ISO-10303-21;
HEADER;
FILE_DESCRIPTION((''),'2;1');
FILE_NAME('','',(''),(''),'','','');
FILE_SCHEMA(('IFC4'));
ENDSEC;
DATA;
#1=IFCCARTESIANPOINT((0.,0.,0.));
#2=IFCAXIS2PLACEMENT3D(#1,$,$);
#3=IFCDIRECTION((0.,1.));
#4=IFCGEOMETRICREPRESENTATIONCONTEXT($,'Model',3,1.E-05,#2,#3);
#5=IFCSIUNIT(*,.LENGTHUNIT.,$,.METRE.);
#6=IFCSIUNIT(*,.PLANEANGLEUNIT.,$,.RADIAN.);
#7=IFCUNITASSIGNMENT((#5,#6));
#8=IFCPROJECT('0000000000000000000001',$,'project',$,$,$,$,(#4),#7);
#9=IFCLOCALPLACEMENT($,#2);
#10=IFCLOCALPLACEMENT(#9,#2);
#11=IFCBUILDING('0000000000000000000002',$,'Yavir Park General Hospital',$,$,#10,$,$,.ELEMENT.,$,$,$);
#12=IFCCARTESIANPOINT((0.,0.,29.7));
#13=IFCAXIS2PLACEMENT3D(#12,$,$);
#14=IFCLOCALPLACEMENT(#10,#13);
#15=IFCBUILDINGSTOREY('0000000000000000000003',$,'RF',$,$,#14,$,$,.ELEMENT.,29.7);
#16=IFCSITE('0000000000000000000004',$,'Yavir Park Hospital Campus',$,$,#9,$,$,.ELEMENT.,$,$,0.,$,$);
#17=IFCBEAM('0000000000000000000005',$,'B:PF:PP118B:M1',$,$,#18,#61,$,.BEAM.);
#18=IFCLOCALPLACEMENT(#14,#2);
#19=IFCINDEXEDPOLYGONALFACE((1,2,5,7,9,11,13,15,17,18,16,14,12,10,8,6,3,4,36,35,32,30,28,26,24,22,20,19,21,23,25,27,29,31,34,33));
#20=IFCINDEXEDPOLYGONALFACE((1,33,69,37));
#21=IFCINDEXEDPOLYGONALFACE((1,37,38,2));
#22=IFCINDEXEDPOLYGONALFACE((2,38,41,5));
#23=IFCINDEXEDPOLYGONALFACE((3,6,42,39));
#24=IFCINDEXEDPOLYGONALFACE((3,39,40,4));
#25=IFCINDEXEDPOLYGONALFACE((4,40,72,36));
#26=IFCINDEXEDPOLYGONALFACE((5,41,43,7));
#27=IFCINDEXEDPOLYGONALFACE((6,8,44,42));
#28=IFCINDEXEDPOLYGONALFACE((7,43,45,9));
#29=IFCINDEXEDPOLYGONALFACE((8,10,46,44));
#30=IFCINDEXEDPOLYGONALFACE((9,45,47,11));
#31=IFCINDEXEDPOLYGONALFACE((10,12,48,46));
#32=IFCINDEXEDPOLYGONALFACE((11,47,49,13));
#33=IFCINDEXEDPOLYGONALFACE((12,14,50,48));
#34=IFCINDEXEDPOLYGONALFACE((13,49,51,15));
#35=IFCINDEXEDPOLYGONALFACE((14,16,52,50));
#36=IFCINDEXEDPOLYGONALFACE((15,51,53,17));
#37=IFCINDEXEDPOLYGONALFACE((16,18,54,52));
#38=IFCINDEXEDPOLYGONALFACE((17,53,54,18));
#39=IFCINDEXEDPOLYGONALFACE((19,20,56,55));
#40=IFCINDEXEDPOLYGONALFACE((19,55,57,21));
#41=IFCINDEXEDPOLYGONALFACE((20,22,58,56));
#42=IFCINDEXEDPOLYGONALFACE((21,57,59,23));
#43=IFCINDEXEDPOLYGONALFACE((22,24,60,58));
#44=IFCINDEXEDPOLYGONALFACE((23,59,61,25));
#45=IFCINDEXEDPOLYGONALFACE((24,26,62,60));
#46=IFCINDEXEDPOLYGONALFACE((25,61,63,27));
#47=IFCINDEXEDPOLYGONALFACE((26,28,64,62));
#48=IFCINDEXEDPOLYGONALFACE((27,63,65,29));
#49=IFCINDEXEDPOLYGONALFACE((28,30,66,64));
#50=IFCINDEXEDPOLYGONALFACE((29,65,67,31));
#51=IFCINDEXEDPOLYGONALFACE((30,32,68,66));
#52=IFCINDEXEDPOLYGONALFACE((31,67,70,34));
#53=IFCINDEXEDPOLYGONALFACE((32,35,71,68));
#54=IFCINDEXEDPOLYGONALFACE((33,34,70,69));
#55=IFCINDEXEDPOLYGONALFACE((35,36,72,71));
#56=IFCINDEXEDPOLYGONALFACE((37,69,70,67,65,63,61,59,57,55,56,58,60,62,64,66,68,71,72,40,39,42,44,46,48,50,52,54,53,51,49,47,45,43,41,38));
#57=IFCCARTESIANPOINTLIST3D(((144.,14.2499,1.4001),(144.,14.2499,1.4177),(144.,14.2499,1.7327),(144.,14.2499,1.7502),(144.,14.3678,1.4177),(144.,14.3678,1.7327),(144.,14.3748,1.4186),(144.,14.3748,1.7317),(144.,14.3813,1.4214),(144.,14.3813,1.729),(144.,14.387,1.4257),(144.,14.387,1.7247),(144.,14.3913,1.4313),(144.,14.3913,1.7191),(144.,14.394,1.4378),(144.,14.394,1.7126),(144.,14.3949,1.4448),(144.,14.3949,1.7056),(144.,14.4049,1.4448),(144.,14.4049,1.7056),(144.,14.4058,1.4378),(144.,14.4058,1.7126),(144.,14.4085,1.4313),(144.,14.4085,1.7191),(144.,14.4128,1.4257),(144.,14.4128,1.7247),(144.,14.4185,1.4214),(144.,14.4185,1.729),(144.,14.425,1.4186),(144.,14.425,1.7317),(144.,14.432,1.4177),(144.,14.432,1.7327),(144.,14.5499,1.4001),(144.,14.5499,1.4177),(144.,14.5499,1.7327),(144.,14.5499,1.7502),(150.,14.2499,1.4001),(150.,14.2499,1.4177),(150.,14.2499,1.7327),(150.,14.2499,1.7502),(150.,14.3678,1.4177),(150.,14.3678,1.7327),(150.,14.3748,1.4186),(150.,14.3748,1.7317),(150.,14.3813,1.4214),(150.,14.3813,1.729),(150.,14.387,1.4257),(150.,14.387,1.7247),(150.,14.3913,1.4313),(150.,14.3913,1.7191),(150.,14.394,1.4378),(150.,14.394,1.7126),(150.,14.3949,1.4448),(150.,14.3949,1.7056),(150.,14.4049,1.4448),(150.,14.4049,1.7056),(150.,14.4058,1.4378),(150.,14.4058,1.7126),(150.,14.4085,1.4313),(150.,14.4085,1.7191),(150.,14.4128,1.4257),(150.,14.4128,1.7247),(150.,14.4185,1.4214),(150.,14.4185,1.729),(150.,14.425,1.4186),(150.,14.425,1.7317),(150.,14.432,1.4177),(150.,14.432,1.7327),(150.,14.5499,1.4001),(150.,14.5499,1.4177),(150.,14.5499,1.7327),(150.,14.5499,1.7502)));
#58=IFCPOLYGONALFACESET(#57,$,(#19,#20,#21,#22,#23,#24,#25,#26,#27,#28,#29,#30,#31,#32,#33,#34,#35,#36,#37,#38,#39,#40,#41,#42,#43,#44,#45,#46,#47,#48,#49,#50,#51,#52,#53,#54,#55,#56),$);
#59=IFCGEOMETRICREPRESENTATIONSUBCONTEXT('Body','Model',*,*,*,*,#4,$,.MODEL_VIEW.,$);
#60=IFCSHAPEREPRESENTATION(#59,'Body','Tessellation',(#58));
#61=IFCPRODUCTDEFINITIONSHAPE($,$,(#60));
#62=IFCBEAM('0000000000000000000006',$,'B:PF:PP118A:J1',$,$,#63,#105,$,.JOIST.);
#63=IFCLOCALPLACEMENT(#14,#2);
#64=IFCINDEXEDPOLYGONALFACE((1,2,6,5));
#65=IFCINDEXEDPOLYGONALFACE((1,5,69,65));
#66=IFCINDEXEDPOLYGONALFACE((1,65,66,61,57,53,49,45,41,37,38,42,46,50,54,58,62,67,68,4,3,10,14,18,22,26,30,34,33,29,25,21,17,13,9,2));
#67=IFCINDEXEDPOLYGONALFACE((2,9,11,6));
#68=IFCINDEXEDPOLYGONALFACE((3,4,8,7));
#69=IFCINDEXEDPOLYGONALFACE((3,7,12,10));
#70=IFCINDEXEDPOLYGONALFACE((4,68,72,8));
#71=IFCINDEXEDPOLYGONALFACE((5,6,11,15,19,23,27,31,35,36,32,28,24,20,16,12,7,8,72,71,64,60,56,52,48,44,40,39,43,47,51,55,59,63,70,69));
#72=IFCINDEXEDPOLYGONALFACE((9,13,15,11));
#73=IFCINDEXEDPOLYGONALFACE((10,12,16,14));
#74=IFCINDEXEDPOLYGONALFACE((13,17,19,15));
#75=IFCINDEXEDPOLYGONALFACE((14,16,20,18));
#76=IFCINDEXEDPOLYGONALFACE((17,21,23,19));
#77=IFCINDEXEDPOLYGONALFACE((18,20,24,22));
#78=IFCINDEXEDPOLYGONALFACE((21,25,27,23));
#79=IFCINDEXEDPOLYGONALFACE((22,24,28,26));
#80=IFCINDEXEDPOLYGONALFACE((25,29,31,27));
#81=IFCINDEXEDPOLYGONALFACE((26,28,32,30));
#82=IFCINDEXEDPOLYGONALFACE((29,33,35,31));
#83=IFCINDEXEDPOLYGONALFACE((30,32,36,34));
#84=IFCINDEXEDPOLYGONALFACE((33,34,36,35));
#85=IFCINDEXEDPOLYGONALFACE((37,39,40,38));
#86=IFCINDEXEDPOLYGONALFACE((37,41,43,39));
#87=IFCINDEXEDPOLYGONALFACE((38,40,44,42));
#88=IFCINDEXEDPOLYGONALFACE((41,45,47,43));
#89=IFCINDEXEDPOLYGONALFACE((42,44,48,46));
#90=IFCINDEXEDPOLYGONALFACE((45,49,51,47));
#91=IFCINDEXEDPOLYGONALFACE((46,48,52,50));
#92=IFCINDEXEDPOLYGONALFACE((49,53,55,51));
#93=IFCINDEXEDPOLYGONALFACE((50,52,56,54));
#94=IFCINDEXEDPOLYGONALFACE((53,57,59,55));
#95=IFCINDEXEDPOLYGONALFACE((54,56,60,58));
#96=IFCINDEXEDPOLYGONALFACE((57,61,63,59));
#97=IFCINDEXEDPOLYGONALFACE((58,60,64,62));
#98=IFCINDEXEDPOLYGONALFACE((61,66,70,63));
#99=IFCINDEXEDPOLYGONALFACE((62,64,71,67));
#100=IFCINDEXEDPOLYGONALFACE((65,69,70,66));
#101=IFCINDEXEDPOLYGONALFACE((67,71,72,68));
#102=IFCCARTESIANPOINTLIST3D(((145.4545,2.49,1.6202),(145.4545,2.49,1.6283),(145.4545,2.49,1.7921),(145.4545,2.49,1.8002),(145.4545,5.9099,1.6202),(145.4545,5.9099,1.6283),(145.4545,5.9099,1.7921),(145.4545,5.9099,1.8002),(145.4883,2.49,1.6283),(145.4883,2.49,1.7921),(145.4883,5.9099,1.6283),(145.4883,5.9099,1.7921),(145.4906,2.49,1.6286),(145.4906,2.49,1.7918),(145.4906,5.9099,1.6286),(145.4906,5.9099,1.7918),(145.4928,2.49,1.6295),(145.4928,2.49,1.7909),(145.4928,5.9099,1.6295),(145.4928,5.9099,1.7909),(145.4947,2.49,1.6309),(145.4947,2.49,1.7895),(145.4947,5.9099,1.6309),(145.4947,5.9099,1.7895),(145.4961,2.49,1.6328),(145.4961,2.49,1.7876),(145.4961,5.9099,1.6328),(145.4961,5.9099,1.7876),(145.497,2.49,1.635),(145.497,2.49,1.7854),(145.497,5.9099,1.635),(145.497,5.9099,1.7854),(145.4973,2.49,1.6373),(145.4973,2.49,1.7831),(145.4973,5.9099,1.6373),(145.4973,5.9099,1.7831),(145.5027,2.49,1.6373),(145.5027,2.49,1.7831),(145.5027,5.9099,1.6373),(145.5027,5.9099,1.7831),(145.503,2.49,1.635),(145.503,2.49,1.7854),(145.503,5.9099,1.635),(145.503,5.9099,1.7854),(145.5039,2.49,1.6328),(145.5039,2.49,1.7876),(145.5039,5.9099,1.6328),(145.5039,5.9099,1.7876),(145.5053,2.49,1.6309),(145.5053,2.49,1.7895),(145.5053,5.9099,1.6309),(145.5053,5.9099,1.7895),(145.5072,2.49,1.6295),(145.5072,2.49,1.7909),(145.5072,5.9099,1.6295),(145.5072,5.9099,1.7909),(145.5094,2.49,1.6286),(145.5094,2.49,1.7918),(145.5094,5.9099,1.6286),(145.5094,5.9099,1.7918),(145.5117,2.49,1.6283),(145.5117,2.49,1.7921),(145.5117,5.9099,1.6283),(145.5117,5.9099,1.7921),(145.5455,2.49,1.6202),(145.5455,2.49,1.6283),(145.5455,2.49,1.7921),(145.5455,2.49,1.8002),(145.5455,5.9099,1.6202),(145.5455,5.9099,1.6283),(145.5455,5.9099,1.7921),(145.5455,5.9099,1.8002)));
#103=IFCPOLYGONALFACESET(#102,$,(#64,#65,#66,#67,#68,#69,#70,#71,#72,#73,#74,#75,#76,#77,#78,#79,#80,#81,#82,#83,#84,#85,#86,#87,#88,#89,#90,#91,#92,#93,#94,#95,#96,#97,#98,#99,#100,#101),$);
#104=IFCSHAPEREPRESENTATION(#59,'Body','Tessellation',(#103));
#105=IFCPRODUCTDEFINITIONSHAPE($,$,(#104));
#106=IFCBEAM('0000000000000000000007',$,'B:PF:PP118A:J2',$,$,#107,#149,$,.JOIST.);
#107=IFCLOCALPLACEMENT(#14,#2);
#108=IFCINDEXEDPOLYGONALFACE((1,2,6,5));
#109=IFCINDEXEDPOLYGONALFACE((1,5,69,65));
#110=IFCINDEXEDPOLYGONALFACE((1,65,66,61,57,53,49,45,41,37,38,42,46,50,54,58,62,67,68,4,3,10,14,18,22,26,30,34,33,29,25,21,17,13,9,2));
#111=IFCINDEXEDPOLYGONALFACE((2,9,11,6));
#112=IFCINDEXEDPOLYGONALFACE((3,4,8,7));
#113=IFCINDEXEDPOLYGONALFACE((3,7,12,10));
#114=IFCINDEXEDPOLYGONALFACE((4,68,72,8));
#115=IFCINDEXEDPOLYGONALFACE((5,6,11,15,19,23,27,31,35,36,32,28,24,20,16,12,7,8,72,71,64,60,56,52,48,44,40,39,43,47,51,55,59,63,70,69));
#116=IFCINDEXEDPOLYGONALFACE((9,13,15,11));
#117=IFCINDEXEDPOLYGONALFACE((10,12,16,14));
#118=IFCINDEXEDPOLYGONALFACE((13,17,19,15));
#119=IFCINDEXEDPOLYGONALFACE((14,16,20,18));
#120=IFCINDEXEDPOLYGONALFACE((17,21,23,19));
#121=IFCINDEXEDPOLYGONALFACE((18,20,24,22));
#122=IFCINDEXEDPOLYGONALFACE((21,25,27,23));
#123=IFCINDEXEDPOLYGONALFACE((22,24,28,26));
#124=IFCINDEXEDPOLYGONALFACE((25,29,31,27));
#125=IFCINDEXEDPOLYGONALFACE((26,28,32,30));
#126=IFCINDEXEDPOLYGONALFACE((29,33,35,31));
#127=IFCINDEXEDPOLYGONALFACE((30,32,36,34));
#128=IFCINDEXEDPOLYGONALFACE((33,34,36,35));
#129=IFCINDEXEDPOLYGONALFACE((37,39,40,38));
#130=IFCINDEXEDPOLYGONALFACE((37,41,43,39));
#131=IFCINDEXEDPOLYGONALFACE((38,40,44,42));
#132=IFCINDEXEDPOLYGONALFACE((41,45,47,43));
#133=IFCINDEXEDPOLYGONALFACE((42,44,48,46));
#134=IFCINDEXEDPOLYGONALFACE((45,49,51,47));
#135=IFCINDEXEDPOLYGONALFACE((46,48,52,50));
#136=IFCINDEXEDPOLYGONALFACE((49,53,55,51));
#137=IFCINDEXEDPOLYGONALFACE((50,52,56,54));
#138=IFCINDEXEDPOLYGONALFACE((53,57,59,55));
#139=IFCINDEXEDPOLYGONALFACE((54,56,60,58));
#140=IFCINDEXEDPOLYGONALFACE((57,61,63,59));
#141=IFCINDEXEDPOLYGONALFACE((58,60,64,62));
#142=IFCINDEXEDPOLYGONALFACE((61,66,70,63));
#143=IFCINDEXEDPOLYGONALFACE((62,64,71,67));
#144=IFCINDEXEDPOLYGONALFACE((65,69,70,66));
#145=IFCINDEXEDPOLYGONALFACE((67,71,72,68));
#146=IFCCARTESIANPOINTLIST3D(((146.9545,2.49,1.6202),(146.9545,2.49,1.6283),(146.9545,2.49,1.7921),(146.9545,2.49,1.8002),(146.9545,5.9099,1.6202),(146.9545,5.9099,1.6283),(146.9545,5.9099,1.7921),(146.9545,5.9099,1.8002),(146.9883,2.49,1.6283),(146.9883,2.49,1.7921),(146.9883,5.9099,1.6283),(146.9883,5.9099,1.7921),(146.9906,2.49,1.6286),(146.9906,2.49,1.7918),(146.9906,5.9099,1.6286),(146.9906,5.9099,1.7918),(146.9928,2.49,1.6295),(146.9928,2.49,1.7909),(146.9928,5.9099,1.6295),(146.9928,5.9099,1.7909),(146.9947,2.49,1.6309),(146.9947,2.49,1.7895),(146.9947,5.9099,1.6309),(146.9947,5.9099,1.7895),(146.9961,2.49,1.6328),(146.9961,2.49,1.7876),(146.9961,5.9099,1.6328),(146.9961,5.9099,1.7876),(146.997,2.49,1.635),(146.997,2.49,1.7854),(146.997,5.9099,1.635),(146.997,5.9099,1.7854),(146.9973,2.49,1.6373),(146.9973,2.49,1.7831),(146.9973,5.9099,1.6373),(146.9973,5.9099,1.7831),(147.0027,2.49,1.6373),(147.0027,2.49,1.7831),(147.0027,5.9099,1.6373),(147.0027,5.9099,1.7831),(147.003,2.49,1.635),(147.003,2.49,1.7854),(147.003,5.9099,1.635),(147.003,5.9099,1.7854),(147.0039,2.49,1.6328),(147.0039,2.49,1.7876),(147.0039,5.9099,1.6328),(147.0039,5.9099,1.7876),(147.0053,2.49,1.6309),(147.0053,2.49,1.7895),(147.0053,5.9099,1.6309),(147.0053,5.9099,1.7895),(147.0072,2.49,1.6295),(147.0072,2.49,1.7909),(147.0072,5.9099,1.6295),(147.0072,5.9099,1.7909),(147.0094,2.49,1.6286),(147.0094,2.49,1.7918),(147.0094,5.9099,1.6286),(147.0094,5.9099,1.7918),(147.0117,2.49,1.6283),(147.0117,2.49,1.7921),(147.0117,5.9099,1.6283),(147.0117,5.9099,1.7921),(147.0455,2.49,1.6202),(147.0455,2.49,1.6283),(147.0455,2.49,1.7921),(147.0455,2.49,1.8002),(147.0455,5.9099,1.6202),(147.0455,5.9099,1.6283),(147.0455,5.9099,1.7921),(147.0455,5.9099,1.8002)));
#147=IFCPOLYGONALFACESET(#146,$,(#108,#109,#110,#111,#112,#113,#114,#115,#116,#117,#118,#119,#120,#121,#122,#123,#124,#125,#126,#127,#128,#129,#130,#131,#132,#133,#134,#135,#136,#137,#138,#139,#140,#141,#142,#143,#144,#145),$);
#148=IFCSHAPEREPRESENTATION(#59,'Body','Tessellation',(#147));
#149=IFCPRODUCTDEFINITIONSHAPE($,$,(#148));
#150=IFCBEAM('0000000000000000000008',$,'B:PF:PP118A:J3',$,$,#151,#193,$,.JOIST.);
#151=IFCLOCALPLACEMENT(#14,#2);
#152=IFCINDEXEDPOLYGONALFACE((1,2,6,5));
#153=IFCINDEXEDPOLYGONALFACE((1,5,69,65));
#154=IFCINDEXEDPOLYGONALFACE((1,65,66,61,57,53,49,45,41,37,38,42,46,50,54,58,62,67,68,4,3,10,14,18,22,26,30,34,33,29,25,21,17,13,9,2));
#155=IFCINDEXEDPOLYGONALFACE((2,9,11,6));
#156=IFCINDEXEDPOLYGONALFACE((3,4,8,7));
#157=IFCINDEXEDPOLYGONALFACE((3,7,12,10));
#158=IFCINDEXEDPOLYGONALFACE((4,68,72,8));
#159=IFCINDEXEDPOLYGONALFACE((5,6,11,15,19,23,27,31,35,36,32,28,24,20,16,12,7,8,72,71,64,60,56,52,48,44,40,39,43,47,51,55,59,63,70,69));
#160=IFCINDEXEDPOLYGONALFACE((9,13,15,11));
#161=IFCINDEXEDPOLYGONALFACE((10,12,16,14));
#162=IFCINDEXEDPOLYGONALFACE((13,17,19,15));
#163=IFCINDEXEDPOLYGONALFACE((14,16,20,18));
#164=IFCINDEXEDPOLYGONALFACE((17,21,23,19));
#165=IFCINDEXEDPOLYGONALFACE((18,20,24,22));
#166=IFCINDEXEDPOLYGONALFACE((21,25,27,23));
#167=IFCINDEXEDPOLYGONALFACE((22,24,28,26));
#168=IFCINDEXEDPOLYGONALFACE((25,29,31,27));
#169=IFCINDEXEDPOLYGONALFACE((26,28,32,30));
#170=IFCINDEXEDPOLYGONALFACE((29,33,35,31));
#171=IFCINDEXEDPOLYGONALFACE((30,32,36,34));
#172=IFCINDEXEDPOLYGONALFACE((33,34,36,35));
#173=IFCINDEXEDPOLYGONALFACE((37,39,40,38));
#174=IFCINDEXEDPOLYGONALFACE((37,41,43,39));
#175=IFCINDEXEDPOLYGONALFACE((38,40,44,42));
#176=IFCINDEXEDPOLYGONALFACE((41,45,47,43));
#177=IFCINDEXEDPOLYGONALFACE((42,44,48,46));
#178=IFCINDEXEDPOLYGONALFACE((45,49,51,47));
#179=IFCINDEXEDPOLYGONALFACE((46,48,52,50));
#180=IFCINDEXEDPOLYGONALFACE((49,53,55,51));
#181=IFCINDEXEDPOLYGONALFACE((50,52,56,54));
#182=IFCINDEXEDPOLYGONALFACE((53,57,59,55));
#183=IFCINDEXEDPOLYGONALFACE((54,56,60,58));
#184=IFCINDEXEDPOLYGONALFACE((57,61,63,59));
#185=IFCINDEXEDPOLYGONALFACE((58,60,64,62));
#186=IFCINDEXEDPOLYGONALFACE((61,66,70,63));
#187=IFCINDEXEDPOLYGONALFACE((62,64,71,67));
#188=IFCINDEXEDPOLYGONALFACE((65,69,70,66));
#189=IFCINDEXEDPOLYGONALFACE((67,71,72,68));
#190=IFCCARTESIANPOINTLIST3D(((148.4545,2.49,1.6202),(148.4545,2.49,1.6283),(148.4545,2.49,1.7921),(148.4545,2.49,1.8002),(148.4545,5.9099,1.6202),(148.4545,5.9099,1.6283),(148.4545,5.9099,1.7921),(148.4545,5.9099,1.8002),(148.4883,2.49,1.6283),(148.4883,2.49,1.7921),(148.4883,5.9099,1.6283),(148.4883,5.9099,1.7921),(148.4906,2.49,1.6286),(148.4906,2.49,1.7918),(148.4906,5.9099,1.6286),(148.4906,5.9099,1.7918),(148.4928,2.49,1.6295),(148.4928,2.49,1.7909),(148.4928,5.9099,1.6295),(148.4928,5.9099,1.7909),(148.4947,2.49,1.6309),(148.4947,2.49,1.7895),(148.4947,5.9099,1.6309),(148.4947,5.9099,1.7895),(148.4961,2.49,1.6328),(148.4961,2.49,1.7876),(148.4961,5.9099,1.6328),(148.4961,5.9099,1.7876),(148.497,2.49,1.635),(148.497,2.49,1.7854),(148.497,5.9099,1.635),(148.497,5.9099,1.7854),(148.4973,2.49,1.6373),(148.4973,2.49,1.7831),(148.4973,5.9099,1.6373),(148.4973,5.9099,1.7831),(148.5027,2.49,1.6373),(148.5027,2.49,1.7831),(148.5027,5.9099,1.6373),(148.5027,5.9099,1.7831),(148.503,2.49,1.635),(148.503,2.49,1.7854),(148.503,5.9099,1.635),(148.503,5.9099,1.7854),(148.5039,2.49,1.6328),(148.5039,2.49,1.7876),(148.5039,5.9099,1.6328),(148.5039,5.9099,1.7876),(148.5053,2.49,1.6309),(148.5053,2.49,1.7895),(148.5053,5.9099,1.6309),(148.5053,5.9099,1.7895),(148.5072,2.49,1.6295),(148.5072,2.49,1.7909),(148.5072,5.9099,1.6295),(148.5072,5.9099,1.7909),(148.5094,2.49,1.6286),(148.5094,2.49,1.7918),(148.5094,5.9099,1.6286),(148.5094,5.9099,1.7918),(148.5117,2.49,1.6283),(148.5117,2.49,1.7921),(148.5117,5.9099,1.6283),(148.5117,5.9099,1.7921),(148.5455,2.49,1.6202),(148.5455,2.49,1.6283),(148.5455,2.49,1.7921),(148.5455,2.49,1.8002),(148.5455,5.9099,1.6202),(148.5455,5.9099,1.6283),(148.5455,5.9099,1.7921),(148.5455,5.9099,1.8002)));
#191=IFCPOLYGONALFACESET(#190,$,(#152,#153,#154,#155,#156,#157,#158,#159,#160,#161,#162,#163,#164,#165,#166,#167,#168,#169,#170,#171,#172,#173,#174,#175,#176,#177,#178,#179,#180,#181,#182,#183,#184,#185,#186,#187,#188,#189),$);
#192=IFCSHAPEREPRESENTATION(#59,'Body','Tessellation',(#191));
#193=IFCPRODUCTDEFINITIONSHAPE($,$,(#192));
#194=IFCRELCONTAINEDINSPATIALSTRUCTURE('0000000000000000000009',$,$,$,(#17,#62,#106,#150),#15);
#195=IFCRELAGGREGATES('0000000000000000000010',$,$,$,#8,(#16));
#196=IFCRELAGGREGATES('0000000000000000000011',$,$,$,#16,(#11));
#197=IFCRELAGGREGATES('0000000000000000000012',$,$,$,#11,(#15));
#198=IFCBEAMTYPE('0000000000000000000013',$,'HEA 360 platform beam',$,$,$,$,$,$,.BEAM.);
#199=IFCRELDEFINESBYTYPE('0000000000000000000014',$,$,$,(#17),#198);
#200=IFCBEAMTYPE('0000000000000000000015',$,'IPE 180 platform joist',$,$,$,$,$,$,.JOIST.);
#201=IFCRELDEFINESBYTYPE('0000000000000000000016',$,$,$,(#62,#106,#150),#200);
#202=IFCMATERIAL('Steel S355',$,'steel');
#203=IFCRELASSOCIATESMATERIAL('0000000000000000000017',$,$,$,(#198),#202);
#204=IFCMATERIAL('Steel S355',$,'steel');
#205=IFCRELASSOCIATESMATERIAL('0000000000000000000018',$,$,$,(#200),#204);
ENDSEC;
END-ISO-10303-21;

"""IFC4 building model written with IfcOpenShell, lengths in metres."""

from ifc_helpers import new_model, si_unit, direction, frame, origin, origin_2d, place, context, subcontext, project, spatial, i_section, extrude, material, material_profile, profile_set, type_object, element, save


model = new_model("IFC4")

# Units and contexts
model_context = context("Model", 3, precision=1e-05, world=origin(), true_north=direction((0.0, 1.0)))
body_context = subcontext(model_context, "Body", "Model", "MODEL_VIEW")
ifc_project = project(units=[si_unit("LENGTHUNIT", "METRE"), si_unit("PLANEANGLEUNIT", "RADIAN")], contexts=[model_context])

# Site, building, storey
site_placement = place(None, origin())
site = spatial("IfcSite", under=ifc_project, at=site_placement, Name="Yavir Park Hospital Campus", CompositionType="ELEMENT", RefElevation=0.0)
building_placement = place(site_placement, origin())
building = spatial("IfcBuilding", under=site, at=building_placement, Name="Yavir Park General Hospital", CompositionType="ELEMENT")
storey_placement = place(building_placement, frame((0.0, 0.0, 29.7)))
storey = spatial("IfcBuildingStorey", under=building, at=storey_placement, Name="RF", CompositionType="ELEMENT", Elevation=29.7)

# Beams
ifc_material_1 = material(Name="Steel S355", Category="steel")
ifc_material_profile_1 = material_profile(ifc_material_1, i_section(OverallWidth=0.3, OverallDepth=0.3501, WebThickness=0.01, FlangeThickness=0.0176, FilletRadius=0.0271, at=origin_2d()), Name="HEA360")
ifc_profile_set_1 = profile_set([ifc_material_profile_1], Name="Steel S355")
beam_type_1 = type_object("IfcBeamType", Name="HEA 360 platform beam", PredefinedType="BEAM", material=ifc_profile_set_1)
for number, where, z_axis, x_axis, name in (
    (1, (144.0, 14.3999, 1.5752), (1.0, 0.0, 0.0), (0.0, 1.0, 0.0), "B:PF:PP118B:M1"),
):
    element("IfcBeam", number, at=place(storey_placement, frame(where, z_axis=z_axis, x_axis=x_axis)), inside=storey, type_object=beam_type_1, Name=name, PredefinedType="BEAM", context=body_context, shape_type="SweptSolid", body=[
        extrude(i_section(OverallWidth=0.3, OverallDepth=0.3501, WebThickness=0.01, FlangeThickness=0.0176, FilletRadius=0.0271, at=origin_2d()), origin(), (0.0, 0.0, 1.0), 6.0),
    ])
ifc_material_2 = material(Name="Steel S355", Category="steel")
ifc_material_profile_2 = material_profile(ifc_material_2, i_section(OverallWidth=0.0911, OverallDepth=0.1799, WebThickness=0.0054, FlangeThickness=0.0081, FilletRadius=0.009, at=origin_2d()), Name="IPE180")
ifc_profile_set_2 = profile_set([ifc_material_profile_2], Name="Steel S355")
beam_type_2 = type_object("IfcBeamType", Name="IPE 180 platform joist", PredefinedType="JOIST", material=ifc_profile_set_2)
for number, where, z_axis, x_axis, name in (
    (2, (145.5, 2.49, 1.7102), (0.0, 1.0, 0.0), (-1.0, 0.0, 0.0), "B:PF:PP118A:J1"),
    (3, (147.0, 2.49, 1.7102), (0.0, 1.0, 0.0), (-1.0, 0.0, 0.0), "B:PF:PP118A:J2"),
    (4, (148.5, 2.49, 1.7102), (0.0, 1.0, 0.0), (-1.0, 0.0, 0.0), "B:PF:PP118A:J3"),
):
    element("IfcBeam", number, at=place(storey_placement, frame(where, z_axis=z_axis, x_axis=x_axis)), inside=storey, type_object=beam_type_2, Name=name, PredefinedType="JOIST", context=body_context, shape_type="SweptSolid", body=[
        extrude(i_section(OverallWidth=0.0911, OverallDepth=0.1799, WebThickness=0.0054, FlangeThickness=0.0081, FilletRadius=0.009, at=origin_2d()), origin(), (0.0, 0.0, 1.0), 3.4199),
    ])

save(model, "model.ifc")
